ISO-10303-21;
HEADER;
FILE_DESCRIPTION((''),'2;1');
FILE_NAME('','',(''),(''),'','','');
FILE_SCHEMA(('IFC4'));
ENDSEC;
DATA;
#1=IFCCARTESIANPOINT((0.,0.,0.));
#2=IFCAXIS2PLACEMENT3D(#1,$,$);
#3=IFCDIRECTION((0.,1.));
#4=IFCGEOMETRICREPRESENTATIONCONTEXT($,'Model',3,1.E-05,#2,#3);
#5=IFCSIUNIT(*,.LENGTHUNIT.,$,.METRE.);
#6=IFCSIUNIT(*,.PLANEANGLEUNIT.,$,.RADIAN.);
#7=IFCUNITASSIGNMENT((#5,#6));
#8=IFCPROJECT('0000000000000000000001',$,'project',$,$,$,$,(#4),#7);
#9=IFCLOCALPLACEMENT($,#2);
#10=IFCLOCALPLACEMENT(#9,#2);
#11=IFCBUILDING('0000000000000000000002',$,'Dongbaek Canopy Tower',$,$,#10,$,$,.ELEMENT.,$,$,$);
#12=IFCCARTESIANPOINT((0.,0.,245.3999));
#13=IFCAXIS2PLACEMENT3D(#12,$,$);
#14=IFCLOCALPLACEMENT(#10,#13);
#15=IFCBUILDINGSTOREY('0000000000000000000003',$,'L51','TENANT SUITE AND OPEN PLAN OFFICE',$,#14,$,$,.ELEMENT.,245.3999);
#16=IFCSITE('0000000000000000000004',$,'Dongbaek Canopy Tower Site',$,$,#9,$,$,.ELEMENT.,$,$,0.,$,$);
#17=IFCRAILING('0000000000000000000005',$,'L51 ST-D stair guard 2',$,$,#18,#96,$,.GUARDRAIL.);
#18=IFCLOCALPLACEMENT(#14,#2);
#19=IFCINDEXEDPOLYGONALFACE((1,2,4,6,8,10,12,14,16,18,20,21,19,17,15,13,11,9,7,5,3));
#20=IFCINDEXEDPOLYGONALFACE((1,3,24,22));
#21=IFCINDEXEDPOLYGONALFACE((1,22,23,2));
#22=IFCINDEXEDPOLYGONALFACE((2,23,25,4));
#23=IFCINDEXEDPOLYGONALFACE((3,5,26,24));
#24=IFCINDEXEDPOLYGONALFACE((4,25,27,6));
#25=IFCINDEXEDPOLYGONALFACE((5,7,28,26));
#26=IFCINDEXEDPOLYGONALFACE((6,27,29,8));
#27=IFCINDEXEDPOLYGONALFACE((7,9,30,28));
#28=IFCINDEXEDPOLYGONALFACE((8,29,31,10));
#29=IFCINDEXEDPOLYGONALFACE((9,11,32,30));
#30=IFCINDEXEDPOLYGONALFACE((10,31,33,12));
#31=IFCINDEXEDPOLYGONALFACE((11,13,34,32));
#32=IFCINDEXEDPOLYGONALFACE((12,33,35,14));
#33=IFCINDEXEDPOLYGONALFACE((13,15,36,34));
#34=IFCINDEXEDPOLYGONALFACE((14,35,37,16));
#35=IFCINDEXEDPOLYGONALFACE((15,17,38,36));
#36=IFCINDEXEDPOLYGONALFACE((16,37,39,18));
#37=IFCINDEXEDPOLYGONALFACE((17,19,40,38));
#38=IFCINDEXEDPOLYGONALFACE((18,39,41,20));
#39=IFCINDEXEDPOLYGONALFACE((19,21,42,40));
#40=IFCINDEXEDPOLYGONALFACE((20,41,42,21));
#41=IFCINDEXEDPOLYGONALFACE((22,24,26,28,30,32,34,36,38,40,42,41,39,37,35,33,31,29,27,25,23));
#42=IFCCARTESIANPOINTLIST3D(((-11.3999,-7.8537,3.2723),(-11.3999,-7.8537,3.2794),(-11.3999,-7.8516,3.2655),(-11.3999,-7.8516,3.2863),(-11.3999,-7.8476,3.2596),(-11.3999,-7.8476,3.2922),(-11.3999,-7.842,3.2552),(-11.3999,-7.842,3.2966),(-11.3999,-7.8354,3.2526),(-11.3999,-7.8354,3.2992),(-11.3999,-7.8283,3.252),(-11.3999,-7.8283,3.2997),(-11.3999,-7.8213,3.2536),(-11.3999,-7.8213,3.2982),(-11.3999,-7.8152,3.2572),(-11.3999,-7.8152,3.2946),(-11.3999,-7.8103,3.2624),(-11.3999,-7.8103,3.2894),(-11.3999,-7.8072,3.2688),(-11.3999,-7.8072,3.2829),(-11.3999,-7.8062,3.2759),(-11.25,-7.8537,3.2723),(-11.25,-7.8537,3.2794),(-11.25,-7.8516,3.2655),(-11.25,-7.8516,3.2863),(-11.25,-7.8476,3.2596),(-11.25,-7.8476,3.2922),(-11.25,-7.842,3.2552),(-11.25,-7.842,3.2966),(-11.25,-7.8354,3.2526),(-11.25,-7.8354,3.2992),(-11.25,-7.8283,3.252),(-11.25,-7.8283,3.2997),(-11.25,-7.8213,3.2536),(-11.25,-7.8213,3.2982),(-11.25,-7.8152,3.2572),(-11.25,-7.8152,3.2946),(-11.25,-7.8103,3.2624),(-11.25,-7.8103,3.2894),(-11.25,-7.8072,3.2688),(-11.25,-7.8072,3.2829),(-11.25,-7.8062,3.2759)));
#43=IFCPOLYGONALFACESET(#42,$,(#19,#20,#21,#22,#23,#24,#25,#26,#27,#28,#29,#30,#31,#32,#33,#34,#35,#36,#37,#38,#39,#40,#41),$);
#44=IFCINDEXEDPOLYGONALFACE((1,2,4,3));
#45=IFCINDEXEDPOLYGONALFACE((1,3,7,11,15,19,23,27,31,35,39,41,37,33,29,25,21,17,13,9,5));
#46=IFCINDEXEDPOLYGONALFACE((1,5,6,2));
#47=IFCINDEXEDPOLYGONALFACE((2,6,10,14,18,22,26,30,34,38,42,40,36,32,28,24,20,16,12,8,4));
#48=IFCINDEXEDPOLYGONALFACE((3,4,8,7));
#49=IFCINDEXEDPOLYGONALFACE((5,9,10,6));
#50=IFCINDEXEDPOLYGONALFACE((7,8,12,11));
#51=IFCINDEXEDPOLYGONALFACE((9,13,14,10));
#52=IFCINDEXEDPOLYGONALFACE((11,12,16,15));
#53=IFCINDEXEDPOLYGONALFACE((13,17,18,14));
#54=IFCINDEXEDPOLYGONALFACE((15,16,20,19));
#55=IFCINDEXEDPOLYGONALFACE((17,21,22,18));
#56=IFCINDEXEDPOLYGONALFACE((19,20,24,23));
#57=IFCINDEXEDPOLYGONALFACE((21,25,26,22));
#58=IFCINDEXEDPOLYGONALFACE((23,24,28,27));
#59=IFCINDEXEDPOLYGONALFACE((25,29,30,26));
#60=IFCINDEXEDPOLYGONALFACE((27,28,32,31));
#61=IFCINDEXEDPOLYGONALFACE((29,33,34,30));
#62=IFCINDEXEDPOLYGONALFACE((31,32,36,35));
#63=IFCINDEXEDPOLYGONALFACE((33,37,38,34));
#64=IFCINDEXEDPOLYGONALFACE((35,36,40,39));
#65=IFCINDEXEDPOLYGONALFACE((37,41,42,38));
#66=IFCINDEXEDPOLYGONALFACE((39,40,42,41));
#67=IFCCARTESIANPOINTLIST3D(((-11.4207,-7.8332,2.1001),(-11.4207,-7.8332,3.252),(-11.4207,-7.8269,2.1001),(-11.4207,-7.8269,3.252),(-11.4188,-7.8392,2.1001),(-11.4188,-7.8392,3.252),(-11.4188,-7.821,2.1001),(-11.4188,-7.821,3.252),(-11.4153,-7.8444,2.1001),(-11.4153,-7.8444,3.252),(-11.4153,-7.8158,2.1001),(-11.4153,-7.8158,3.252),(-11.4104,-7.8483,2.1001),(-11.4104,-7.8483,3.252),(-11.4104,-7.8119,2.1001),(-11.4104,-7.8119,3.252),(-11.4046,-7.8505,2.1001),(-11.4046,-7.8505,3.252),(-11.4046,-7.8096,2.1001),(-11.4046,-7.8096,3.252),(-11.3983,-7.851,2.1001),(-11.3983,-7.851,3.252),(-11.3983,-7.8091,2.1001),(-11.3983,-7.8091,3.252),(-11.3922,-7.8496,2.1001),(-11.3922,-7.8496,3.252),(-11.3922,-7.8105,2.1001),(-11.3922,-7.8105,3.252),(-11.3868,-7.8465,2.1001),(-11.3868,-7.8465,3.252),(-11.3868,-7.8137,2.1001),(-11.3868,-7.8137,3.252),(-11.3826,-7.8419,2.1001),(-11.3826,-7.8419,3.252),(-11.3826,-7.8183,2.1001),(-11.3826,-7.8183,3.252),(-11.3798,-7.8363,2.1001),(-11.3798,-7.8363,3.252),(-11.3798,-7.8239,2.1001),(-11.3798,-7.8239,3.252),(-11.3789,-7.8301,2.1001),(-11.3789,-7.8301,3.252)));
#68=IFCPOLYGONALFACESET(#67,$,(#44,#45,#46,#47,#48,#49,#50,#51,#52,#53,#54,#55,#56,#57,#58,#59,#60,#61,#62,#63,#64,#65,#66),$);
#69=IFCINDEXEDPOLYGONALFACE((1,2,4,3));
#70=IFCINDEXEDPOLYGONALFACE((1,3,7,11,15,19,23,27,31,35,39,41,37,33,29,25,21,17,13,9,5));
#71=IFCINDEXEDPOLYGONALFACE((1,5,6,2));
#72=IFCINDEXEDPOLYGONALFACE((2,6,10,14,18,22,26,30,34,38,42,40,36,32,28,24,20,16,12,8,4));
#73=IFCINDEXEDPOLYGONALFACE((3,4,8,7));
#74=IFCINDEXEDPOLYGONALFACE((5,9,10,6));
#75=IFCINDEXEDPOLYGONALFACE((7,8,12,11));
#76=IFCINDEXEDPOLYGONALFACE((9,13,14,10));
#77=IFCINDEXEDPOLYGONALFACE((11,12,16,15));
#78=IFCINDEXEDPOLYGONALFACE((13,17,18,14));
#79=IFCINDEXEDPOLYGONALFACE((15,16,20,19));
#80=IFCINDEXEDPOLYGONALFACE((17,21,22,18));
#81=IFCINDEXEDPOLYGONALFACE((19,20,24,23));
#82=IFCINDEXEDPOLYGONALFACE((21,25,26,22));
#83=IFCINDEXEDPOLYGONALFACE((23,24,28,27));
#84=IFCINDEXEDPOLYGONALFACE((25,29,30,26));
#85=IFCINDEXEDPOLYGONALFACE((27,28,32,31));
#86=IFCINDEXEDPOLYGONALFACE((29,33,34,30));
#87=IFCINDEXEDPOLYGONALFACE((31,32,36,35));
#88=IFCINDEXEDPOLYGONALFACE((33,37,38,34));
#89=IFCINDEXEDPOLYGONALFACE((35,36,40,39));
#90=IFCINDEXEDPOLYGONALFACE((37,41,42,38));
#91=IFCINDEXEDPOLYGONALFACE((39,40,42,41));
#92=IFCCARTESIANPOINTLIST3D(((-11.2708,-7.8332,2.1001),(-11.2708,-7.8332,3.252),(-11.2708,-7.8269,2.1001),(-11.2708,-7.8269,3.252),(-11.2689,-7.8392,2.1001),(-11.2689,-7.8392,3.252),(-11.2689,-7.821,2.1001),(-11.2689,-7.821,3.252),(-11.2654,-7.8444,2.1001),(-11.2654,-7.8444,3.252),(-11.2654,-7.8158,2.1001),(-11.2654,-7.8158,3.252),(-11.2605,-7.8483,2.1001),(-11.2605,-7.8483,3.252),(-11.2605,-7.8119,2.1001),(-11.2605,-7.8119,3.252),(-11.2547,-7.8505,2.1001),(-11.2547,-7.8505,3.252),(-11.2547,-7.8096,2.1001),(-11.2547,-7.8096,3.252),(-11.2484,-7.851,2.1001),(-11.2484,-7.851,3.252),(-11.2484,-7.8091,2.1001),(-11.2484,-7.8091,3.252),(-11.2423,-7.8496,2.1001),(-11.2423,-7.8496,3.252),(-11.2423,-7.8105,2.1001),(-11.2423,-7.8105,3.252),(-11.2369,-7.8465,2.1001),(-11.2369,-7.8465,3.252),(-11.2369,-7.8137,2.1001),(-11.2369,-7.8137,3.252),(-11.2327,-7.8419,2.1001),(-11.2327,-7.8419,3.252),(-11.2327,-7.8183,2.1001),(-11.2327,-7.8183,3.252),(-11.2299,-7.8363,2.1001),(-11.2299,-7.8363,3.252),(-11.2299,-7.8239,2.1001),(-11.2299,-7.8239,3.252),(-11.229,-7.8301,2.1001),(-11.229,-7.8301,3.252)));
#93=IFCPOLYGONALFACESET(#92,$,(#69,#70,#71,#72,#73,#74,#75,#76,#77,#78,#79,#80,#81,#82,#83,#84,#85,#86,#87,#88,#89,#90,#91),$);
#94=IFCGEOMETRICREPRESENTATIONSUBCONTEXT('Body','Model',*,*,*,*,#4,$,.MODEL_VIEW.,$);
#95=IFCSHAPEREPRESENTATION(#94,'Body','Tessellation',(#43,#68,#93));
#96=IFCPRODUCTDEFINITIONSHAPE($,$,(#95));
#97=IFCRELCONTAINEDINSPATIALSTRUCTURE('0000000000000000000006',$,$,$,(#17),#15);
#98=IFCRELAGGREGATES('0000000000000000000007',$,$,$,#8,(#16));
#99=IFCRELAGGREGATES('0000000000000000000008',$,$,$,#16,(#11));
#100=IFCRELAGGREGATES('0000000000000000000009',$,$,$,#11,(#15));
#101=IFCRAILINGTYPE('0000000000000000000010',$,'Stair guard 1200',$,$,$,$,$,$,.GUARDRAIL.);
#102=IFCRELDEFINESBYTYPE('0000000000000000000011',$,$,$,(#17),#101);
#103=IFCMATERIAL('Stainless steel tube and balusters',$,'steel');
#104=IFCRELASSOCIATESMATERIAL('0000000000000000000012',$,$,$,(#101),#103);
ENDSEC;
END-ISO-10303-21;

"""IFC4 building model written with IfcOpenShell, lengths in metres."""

from ifc_helpers import new_model, si_unit, direction, frame, origin, origin_2d, place, context, subcontext, project, spatial, circle, extrude, material, type_object, element, save


model = new_model("IFC4")

# Units and contexts
model_context = context("Model", 3, precision=1e-05, world=origin(), true_north=direction((0.0, 1.0)))
body_context = subcontext(model_context, "Body", "Model", "MODEL_VIEW")
ifc_project = project(units=[si_unit("LENGTHUNIT", "METRE"), si_unit("PLANEANGLEUNIT", "RADIAN")], contexts=[model_context])

# Site, building, storey
site_placement = place(None, origin())
site = spatial("IfcSite", under=ifc_project, at=site_placement, Name="Dongbaek Canopy Tower Site", CompositionType="ELEMENT", RefElevation=0.0)
building_placement = place(site_placement, origin())
building = spatial("IfcBuilding", under=site, at=building_placement, Name="Dongbaek Canopy Tower", CompositionType="ELEMENT")
storey_placement = place(building_placement, frame((0.0, 0.0, 245.3999)))
storey = spatial("IfcBuildingStorey", under=building, at=storey_placement, Name="L51", Description="TENANT SUITE AND OPEN PLAN OFFICE", CompositionType="ELEMENT", Elevation=245.3999)

# Railing
ifc_material_1 = material(Name="Stainless steel tube and balusters", Category="steel")
railing_type_1 = type_object("IfcRailingType", Name="Stair guard 1200", PredefinedType="GUARDRAIL", material=ifc_material_1)
railing_1_placement = place(storey_placement, frame((-11.3999, -7.8301, 2.1001)))
element("IfcRailing", 1, at=railing_1_placement, inside=storey, type_object=railing_type_1, Name="L51 ST-D stair guard 2", PredefinedType="GUARDRAIL", context=body_context, shape_type="SweptSolid", body=[
    extrude(circle(Radius=0.0239, at=origin_2d()), frame((0.0, 0.0, 1.1758), z_axis=(1.0, 0.0, 0.0), x_axis=(0.0, 1.0, 0.0)), (0.0, 0.0, 1.0), 0.1499),
    extrude(circle(Radius=0.021, at=origin_2d()), origin(), (0.0, 0.0, 1.0), 1.1519),
    extrude(circle(Radius=0.021, at=origin_2d()), frame((0.1499, 0.0, 0.0)), (0.0, 0.0, 1.0), 1.1519),
])

save(model, "model.ifc")
